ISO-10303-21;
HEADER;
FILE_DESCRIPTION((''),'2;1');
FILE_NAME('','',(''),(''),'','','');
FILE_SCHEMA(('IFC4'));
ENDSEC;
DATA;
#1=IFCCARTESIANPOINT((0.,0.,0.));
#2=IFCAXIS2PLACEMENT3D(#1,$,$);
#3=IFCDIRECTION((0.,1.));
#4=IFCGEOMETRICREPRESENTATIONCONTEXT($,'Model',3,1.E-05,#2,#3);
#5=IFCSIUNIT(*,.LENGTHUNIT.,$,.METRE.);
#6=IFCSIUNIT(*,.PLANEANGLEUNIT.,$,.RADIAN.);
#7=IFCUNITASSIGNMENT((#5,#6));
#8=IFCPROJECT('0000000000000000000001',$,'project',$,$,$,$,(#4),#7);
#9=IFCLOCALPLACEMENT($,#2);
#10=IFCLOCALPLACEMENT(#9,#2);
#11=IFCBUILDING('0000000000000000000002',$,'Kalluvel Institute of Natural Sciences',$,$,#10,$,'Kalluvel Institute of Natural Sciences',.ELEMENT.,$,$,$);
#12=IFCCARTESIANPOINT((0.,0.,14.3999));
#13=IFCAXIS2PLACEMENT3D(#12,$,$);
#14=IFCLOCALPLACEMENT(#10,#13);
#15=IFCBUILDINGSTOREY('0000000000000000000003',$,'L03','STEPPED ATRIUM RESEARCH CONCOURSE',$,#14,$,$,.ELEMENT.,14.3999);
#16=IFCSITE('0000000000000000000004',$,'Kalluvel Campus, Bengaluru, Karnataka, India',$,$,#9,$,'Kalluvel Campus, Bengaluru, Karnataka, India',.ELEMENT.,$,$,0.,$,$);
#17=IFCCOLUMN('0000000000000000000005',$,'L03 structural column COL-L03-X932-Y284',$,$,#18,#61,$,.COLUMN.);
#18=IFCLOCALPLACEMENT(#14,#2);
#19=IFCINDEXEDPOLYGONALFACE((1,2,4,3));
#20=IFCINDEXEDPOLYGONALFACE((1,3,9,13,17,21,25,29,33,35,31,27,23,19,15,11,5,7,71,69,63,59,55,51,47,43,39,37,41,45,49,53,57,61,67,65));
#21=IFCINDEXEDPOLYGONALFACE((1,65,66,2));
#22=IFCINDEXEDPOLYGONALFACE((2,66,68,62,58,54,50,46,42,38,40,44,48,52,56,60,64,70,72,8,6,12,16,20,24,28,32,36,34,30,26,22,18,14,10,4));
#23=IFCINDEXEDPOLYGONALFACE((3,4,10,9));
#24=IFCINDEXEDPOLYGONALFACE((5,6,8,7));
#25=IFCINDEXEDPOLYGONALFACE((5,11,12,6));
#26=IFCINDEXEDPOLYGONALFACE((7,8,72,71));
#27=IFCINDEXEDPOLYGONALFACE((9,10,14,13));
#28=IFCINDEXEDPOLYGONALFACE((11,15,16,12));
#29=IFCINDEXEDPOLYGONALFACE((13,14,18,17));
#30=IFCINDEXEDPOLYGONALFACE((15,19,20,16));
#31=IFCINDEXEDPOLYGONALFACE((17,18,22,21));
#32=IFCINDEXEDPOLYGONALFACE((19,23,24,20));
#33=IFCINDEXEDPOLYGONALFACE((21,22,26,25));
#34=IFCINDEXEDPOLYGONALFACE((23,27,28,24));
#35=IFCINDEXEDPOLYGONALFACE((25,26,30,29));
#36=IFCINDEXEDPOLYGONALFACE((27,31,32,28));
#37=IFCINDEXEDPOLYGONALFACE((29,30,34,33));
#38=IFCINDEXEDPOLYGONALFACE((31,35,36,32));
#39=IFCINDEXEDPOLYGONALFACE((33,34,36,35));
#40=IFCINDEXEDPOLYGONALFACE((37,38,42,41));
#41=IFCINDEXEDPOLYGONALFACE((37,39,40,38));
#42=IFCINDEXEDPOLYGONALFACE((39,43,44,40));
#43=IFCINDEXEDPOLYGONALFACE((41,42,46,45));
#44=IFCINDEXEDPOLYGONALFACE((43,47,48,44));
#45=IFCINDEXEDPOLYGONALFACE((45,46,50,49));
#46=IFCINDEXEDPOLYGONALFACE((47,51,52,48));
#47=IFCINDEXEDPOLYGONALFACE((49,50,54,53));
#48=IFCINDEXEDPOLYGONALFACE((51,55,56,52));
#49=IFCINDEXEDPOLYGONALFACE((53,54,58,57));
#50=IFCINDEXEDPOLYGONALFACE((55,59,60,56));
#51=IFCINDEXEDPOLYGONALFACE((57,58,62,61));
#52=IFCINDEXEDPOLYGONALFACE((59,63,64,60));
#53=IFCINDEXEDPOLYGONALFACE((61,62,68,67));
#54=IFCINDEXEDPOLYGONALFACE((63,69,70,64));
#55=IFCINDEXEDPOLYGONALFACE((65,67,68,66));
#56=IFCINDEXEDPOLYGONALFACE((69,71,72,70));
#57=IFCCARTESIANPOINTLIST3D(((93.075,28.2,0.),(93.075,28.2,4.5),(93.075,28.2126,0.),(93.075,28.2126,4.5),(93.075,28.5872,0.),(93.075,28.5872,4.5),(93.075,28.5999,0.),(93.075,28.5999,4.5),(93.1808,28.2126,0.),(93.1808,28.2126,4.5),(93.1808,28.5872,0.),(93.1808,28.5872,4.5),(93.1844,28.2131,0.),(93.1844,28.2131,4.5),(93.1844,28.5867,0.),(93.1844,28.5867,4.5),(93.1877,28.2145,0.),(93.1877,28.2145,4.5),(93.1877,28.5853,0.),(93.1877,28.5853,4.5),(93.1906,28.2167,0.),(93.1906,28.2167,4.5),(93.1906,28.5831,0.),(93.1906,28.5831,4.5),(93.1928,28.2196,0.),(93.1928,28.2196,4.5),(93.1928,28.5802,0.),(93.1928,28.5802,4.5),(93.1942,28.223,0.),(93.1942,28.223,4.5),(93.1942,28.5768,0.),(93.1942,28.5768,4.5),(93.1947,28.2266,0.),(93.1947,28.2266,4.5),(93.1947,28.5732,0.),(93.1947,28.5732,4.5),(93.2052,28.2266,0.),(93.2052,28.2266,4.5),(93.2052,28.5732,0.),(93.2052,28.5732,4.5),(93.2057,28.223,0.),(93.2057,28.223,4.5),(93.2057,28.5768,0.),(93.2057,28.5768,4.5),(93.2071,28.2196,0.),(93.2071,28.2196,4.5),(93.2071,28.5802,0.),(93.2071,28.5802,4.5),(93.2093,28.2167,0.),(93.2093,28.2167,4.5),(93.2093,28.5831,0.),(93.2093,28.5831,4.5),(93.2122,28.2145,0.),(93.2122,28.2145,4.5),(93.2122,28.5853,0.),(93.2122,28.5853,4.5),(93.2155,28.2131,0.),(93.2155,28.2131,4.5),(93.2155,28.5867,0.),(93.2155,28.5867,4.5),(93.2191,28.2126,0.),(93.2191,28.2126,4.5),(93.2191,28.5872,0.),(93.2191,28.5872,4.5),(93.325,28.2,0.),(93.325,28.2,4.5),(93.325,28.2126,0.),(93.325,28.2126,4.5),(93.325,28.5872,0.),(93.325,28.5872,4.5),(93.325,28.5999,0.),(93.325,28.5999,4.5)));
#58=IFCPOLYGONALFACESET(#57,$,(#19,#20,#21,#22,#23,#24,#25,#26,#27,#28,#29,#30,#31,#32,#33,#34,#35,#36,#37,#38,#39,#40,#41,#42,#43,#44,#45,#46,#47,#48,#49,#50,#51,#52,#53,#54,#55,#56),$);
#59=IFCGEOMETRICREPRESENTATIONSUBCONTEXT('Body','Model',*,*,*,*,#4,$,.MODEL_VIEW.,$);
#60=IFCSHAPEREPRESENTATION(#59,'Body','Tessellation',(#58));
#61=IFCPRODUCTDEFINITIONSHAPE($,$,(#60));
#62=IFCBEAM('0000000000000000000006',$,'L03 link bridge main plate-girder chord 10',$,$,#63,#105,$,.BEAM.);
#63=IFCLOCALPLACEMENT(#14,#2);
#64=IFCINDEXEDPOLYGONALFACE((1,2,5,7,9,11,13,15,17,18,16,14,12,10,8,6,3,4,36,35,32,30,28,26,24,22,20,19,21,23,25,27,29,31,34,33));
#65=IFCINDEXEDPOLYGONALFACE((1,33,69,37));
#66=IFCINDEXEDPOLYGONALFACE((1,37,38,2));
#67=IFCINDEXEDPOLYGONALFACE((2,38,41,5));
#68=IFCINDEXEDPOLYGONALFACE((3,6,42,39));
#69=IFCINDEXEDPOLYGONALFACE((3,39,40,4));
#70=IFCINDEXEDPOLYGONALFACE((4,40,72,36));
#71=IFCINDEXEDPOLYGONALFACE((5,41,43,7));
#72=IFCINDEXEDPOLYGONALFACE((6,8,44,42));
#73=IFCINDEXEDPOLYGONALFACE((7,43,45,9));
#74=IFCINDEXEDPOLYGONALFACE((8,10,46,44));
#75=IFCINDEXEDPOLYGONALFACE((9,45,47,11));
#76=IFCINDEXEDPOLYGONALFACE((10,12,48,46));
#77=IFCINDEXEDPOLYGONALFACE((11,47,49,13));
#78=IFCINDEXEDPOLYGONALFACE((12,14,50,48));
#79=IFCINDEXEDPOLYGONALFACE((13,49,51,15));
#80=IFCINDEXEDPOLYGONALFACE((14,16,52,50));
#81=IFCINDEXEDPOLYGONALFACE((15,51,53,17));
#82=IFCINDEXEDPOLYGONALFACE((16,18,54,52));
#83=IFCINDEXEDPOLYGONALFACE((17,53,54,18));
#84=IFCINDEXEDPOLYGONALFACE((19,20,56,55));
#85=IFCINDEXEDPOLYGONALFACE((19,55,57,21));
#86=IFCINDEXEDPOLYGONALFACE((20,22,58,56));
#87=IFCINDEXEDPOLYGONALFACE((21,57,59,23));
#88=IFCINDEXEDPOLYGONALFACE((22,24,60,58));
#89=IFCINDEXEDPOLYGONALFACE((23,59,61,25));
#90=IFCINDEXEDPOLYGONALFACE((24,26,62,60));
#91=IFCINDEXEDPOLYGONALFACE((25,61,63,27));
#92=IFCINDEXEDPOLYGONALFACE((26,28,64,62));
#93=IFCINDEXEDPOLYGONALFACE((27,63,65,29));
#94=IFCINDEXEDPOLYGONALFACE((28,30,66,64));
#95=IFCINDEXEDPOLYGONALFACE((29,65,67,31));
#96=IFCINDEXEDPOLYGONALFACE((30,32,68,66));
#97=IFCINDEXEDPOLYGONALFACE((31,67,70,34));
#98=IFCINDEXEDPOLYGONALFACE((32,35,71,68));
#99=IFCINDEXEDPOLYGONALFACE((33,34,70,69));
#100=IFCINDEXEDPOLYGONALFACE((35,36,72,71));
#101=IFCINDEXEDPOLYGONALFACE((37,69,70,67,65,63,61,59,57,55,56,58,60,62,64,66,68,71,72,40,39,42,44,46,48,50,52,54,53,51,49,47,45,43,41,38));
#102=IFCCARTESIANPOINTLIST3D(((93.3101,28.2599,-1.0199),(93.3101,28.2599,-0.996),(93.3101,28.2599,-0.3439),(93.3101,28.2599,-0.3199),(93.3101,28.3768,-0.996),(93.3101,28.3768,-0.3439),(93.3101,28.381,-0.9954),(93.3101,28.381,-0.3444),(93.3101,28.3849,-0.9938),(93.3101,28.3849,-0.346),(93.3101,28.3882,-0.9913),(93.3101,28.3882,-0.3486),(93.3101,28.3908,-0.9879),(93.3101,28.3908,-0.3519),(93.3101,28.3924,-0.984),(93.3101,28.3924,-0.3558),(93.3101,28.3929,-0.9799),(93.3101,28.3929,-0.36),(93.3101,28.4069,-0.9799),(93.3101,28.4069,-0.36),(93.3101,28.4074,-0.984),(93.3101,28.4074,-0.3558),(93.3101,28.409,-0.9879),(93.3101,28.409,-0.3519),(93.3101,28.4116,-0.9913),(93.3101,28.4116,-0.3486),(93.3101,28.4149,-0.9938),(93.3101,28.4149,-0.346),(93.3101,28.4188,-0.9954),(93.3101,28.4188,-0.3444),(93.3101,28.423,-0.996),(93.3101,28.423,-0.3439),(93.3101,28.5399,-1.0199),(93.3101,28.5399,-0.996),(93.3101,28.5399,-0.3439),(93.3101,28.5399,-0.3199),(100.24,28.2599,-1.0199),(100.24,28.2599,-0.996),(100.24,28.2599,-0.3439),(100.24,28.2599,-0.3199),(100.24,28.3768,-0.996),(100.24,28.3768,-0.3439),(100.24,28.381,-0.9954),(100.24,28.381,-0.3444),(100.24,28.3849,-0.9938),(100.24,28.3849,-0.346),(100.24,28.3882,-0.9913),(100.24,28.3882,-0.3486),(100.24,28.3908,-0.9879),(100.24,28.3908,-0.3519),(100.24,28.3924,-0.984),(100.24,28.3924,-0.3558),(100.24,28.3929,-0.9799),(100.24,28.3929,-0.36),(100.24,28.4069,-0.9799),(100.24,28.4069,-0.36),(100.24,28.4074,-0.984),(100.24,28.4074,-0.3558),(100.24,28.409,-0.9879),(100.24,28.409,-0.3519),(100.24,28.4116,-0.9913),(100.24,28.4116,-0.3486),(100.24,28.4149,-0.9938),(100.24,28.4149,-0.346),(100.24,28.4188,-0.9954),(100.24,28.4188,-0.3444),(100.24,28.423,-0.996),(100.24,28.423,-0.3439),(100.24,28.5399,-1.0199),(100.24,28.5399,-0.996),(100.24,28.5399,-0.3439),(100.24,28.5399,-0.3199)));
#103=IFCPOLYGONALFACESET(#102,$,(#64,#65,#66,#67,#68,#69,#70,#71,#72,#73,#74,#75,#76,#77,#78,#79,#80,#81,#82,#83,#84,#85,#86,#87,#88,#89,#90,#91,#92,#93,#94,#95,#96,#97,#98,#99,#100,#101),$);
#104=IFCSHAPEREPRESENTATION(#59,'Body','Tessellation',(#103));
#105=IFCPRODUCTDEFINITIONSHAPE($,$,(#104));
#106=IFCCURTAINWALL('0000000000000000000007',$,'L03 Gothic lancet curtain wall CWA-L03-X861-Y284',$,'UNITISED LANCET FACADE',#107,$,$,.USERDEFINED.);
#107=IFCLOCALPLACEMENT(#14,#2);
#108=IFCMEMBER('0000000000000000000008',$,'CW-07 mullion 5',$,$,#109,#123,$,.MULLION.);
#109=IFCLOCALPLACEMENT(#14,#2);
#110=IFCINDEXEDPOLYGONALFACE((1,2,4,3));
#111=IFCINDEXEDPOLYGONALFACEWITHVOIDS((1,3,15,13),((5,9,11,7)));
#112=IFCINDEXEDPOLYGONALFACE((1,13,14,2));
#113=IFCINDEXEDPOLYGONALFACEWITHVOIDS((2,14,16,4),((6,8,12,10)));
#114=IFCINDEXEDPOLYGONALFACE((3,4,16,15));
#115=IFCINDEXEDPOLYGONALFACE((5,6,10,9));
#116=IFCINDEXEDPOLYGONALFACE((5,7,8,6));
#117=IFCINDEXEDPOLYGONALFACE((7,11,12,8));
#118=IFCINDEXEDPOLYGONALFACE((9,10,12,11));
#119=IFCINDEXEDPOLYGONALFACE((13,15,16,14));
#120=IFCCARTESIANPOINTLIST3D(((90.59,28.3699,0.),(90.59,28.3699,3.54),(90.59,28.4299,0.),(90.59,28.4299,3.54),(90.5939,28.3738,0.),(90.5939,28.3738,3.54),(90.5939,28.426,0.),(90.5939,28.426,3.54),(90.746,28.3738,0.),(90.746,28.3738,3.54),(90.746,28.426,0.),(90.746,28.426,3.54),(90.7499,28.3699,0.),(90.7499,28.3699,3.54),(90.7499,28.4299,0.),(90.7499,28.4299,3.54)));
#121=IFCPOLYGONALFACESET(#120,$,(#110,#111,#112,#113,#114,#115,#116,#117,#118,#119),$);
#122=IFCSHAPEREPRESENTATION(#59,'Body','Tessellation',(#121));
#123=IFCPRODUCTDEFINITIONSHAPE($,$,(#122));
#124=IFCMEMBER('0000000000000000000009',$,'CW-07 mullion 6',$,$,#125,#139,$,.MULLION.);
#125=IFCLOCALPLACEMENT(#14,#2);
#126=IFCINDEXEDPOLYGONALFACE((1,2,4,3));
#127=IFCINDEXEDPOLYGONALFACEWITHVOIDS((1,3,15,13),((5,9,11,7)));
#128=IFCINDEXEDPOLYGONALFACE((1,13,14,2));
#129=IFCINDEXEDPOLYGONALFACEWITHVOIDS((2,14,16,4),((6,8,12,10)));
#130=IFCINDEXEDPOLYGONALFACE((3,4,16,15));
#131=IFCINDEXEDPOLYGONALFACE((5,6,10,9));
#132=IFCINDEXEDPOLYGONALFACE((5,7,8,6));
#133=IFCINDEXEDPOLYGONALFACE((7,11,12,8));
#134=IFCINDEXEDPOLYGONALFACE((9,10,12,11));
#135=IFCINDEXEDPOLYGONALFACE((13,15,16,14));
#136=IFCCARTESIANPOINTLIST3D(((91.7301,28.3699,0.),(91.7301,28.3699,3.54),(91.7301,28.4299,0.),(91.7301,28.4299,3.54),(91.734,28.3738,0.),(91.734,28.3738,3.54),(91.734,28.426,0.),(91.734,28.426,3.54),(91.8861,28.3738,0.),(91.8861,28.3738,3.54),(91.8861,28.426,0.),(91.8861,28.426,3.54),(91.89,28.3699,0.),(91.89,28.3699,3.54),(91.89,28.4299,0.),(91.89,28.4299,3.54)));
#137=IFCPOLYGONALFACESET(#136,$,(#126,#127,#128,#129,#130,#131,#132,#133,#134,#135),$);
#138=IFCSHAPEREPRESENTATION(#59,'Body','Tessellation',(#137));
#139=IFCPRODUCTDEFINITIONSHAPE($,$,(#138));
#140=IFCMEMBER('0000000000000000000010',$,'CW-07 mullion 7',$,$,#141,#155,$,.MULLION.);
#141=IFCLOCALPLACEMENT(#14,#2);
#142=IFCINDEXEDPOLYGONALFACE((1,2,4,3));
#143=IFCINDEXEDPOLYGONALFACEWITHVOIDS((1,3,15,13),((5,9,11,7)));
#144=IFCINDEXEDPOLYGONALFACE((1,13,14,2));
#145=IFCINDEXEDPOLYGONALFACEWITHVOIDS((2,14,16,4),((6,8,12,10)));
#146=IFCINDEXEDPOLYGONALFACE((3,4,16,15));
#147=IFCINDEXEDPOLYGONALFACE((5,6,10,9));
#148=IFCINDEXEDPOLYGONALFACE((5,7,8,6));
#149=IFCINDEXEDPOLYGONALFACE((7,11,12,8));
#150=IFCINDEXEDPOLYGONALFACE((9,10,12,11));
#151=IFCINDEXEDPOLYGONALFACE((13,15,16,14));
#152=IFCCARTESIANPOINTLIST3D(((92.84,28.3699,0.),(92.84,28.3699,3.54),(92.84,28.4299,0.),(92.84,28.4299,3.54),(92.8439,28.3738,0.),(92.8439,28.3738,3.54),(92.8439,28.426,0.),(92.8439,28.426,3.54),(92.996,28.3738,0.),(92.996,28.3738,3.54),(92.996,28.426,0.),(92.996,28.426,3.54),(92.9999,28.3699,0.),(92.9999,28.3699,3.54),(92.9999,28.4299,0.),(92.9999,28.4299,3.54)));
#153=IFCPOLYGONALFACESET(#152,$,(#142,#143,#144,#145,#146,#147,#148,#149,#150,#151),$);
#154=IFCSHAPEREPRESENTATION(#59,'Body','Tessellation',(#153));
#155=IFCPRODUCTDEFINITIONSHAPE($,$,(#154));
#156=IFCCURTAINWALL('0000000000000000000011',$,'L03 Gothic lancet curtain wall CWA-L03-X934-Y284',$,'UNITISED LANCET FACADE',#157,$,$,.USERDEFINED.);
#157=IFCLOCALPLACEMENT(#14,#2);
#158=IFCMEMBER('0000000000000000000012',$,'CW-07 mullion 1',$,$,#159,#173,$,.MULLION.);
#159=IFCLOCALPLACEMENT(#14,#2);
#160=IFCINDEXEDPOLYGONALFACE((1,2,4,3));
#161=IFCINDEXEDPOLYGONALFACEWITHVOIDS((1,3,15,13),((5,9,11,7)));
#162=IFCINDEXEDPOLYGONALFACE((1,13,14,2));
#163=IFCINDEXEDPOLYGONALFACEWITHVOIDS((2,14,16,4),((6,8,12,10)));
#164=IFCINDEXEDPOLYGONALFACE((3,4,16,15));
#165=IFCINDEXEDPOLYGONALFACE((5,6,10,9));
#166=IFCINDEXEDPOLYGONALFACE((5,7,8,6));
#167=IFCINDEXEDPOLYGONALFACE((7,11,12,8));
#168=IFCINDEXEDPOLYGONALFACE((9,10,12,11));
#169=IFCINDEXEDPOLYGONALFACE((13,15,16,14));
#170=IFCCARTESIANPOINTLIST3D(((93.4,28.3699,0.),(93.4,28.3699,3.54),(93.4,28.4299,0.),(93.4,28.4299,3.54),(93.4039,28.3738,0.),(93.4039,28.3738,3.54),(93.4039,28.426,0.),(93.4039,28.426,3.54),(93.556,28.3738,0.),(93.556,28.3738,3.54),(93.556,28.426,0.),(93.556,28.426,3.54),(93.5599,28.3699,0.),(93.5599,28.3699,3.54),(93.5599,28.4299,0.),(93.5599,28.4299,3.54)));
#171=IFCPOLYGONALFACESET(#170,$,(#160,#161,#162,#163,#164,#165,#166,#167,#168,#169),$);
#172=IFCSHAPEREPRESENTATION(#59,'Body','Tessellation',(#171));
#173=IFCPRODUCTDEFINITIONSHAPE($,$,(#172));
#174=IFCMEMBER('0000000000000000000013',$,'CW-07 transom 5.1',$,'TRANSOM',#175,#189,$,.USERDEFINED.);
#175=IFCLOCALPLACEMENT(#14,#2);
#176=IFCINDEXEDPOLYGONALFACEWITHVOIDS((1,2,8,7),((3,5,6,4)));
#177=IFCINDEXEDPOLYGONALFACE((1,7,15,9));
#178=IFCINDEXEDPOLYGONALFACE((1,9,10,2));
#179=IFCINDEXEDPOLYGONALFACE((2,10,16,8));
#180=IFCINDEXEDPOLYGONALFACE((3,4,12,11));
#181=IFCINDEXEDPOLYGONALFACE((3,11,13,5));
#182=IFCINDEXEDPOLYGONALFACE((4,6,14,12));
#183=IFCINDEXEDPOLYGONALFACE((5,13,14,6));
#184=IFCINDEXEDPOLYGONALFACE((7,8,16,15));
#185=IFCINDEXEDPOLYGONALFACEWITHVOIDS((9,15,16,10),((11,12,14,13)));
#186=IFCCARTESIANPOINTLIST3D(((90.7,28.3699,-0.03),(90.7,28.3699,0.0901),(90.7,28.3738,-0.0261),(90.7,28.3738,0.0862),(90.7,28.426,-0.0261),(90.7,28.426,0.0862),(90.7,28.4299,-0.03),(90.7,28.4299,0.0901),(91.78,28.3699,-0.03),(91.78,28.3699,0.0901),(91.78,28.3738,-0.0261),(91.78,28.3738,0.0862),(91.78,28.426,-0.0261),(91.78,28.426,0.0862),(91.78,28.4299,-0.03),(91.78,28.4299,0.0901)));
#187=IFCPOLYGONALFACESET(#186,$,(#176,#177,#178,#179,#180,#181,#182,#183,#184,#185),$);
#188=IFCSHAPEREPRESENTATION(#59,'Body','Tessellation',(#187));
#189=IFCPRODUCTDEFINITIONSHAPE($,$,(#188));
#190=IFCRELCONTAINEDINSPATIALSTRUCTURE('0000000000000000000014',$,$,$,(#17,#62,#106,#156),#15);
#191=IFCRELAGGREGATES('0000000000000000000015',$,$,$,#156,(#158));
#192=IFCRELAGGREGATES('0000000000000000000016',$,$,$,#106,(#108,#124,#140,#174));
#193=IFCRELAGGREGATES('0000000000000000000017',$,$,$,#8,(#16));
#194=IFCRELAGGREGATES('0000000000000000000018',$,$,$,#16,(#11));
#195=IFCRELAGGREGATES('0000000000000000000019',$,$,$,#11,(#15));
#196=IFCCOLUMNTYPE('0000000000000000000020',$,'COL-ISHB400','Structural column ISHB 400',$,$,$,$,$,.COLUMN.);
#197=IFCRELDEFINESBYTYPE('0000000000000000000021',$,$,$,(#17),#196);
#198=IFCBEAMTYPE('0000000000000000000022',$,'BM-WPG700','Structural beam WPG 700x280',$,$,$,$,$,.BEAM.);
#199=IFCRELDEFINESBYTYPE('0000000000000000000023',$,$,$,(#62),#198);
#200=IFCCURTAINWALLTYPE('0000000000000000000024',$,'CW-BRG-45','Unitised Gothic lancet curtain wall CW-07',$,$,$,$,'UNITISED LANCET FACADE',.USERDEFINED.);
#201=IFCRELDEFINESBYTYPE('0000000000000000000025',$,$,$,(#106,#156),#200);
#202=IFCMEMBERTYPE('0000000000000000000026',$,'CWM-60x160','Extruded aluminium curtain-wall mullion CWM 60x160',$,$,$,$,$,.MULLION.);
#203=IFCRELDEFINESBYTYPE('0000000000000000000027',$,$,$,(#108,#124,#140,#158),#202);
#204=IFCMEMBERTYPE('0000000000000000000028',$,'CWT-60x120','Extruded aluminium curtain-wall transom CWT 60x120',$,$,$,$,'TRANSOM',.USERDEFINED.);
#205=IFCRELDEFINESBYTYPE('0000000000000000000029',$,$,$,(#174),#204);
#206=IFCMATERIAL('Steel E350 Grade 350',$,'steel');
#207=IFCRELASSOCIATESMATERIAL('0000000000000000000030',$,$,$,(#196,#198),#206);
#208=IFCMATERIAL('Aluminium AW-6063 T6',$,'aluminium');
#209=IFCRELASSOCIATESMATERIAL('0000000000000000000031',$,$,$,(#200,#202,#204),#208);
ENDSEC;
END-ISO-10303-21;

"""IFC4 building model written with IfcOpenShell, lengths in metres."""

from ifc_helpers import new_model, si_unit, direction, frame, origin, origin_2d, place, context, subcontext, project, spatial, hollow_rectangle, i_section, extrude, material, material_profile, profile_set, type_object, element, aggregate, save


model = new_model("IFC4")

# Units and contexts
model_context = context("Model", 3, precision=1e-05, world=origin(), true_north=direction((0.0, 1.0)))
body_context = subcontext(model_context, "Body", "Model", "MODEL_VIEW")
ifc_project = project(units=[si_unit("LENGTHUNIT", "METRE"), si_unit("PLANEANGLEUNIT", "RADIAN")], contexts=[model_context])

# Site, building, storey
site_placement = place(None, origin())
site = spatial("IfcSite", under=ifc_project, at=site_placement, Name="Kalluvel Campus, Bengaluru, Karnataka, India", LongName="Kalluvel Campus, Bengaluru, Karnataka, India", CompositionType="ELEMENT", RefElevation=0.0)
building_placement = place(site_placement, origin())
building = spatial("IfcBuilding", under=site, at=building_placement, Name="Kalluvel Institute of Natural Sciences", LongName="Kalluvel Institute of Natural Sciences", CompositionType="ELEMENT")
storey_placement = place(building_placement, frame((0.0, 0.0, 14.3999)))
storey = spatial("IfcBuildingStorey", under=building, at=storey_placement, Name="L03", Description="STEPPED ATRIUM RESEARCH CONCOURSE", CompositionType="ELEMENT", Elevation=14.3999)

# Column
ifc_material_1 = material(Name="Steel E350 Grade 350", Category="steel")
ifc_material_profile_1 = material_profile(ifc_material_1, i_section(OverallWidth=0.25, OverallDepth=0.3999, WebThickness=0.0105, FlangeThickness=0.0127, FilletRadius=0.0139, at=origin_2d()), Name="ISHB 400")
ifc_profile_set_1 = profile_set([ifc_material_profile_1], Name="Steel E350 Grade 350")
column_type = type_object("IfcColumnType", Name="COL-ISHB400", Description="Structural column ISHB 400", PredefinedType="COLUMN", material=ifc_profile_set_1)
column_placement = place(storey_placement, frame((93.2, 28.3999, 0.0), z_axis=(0.0, 0.0, 1.0), x_axis=(1.0, 0.0, 0.0)))
element("IfcColumn", 1, at=column_placement, inside=storey, type_object=column_type, Name="L03 structural column COL-L03-X932-Y284", PredefinedType="COLUMN", context=body_context, shape_type="SweptSolid", body=[
    extrude(i_section(OverallWidth=0.25, OverallDepth=0.3999, WebThickness=0.0105, FlangeThickness=0.0127, FilletRadius=0.0139, at=origin_2d()), origin(), (0.0, 0.0, 1.0), 4.5),
])

# Beam
ifc_material_profile_2 = material_profile(ifc_material_1, i_section(OverallWidth=0.28, OverallDepth=0.7, WebThickness=0.0139, FlangeThickness=0.0239, FilletRadius=0.0161, at=origin_2d()), Name="WPG 700x280")
ifc_profile_set_2 = profile_set([ifc_material_profile_2], Name="Steel E350 Grade 350")
beam_type = type_object("IfcBeamType", Name="BM-WPG700", Description="Structural beam WPG 700x280", PredefinedType="BEAM", material=ifc_profile_set_2)
beam_placement = place(storey_placement, frame((93.3101, 28.3999, -0.6699), z_axis=(1.0, 0.0, 0.0), x_axis=(0.0, 1.0, 0.0)))
element("IfcBeam", 2, at=beam_placement, inside=storey, type_object=beam_type, Name="L03 link bridge main plate-girder chord 10", PredefinedType="BEAM", context=body_context, shape_type="SweptSolid", body=[
    extrude(i_section(OverallWidth=0.28, OverallDepth=0.7, WebThickness=0.0139, FlangeThickness=0.0239, FilletRadius=0.0161, at=origin_2d()), origin(), (0.0, 0.0, 1.0), 6.9299),
])

# Curtain wall, members
ifc_material_2 = material(Name="Aluminium AW-6063 T6", Category="aluminium")
curtain_wall_type = type_object("IfcCurtainWallType", Name="CW-BRG-45", Description="Unitised Gothic lancet curtain wall CW-07", ElementType="UNITISED LANCET FACADE", PredefinedType="USERDEFINED", material=ifc_material_2)
curtain_wall_1_placement = place(storey_placement, origin())
curtain_wall_1 = element("IfcCurtainWall", 3, at=curtain_wall_1_placement, inside=storey, type_object=curtain_wall_type, Name="L03 Gothic lancet curtain wall CWA-L03-X861-Y284", ObjectType="UNITISED LANCET FACADE", PredefinedType="USERDEFINED")
ifc_material_profile_3 = material_profile(ifc_material_2, hollow_rectangle(XDim=0.0601, YDim=0.1599, WallThickness=0.0039, at=origin_2d()), Name="CWM 60x160")
ifc_profile_set_3 = profile_set([ifc_material_profile_3], Name="Aluminium AW-6063 T6")
member_type_1 = type_object("IfcMemberType", Name="CWM-60x160", Description="Extruded aluminium curtain-wall mullion CWM 60x160", PredefinedType="MULLION", material=ifc_profile_set_3)
member_1_placement = place(storey_placement, frame((90.6699, 28.3999, 0.0), z_axis=(0.0, 0.0, 1.0), x_axis=(0.0, 1.0, 0.0)))
member_1 = element("IfcMember", 4, at=member_1_placement, type_object=member_type_1, Name="CW-07 mullion 5", PredefinedType="MULLION", context=body_context, shape_type="SweptSolid", body=[
    extrude(hollow_rectangle(XDim=0.0601, YDim=0.1599, WallThickness=0.0039, at=origin_2d()), origin(), (0.0, 0.0, 1.0), 3.54),
])
member_2_placement = place(storey_placement, frame((91.8101, 28.3999, 0.0), z_axis=(0.0, 0.0, 1.0), x_axis=(0.0, 1.0, 0.0)))
member_2 = element("IfcMember", 5, at=member_2_placement, type_object=member_type_1, Name="CW-07 mullion 6", PredefinedType="MULLION", context=body_context, shape_type="SweptSolid", body=[
    extrude(hollow_rectangle(XDim=0.0601, YDim=0.1599, WallThickness=0.0039, at=origin_2d()), origin(), (0.0, 0.0, 1.0), 3.54),
])
member_3_placement = place(storey_placement, frame((92.9199, 28.3999, 0.0), z_axis=(0.0, 0.0, 1.0), x_axis=(0.0, 1.0, 0.0)))
member_3 = element("IfcMember", 6, at=member_3_placement, type_object=member_type_1, Name="CW-07 mullion 7", PredefinedType="MULLION", context=body_context, shape_type="SweptSolid", body=[
    extrude(hollow_rectangle(XDim=0.0601, YDim=0.1599, WallThickness=0.0039, at=origin_2d()), origin(), (0.0, 0.0, 1.0), 3.54),
])

# Curtain wall, member
curtain_wall_2_placement = place(storey_placement, origin())
curtain_wall_2 = element("IfcCurtainWall", 7, at=curtain_wall_2_placement, inside=storey, type_object=curtain_wall_type, Name="L03 Gothic lancet curtain wall CWA-L03-X934-Y284", ObjectType="UNITISED LANCET FACADE", PredefinedType="USERDEFINED")
member_4_placement = place(storey_placement, frame((93.48, 28.3999, 0.0), z_axis=(0.0, 0.0, 1.0), x_axis=(0.0, 1.0, 0.0)))
member_4 = element("IfcMember", 8, at=member_4_placement, type_object=member_type_1, Name="CW-07 mullion 1", PredefinedType="MULLION", context=body_context, shape_type="SweptSolid", body=[
    extrude(hollow_rectangle(XDim=0.0601, YDim=0.1599, WallThickness=0.0039, at=origin_2d()), origin(), (0.0, 0.0, 1.0), 3.54),
])

# Member
ifc_material_profile_4 = material_profile(ifc_material_2, hollow_rectangle(XDim=0.0601, YDim=0.1201, WallThickness=0.0039, at=origin_2d()), Name="CWT 60x120")
ifc_profile_set_4 = profile_set([ifc_material_profile_4], Name="Aluminium AW-6063 T6")
member_type_2 = type_object("IfcMemberType", Name="CWT-60x120", Description="Extruded aluminium curtain-wall transom CWT 60x120", ElementType="TRANSOM", PredefinedType="USERDEFINED", material=ifc_profile_set_4)
member_5_placement = place(storey_placement, frame((90.7, 28.3999, 0.03), z_axis=(1.0, 0.0, 0.0), x_axis=(0.0, 1.0, 0.0)))
member_5 = element("IfcMember", 9, at=member_5_placement, type_object=member_type_2, Name="CW-07 transom 5.1", ObjectType="TRANSOM", PredefinedType="USERDEFINED", context=body_context, shape_type="SweptSolid", body=[
    extrude(hollow_rectangle(XDim=0.0601, YDim=0.1201, WallThickness=0.0039, at=origin_2d()), origin(), (0.0, 0.0, 1.0), 1.0801),
])
aggregate(curtain_wall_2, [member_4])

aggregate(curtain_wall_1, [member_1, member_2, member_3, member_5])

save(model, "model.ifc")
